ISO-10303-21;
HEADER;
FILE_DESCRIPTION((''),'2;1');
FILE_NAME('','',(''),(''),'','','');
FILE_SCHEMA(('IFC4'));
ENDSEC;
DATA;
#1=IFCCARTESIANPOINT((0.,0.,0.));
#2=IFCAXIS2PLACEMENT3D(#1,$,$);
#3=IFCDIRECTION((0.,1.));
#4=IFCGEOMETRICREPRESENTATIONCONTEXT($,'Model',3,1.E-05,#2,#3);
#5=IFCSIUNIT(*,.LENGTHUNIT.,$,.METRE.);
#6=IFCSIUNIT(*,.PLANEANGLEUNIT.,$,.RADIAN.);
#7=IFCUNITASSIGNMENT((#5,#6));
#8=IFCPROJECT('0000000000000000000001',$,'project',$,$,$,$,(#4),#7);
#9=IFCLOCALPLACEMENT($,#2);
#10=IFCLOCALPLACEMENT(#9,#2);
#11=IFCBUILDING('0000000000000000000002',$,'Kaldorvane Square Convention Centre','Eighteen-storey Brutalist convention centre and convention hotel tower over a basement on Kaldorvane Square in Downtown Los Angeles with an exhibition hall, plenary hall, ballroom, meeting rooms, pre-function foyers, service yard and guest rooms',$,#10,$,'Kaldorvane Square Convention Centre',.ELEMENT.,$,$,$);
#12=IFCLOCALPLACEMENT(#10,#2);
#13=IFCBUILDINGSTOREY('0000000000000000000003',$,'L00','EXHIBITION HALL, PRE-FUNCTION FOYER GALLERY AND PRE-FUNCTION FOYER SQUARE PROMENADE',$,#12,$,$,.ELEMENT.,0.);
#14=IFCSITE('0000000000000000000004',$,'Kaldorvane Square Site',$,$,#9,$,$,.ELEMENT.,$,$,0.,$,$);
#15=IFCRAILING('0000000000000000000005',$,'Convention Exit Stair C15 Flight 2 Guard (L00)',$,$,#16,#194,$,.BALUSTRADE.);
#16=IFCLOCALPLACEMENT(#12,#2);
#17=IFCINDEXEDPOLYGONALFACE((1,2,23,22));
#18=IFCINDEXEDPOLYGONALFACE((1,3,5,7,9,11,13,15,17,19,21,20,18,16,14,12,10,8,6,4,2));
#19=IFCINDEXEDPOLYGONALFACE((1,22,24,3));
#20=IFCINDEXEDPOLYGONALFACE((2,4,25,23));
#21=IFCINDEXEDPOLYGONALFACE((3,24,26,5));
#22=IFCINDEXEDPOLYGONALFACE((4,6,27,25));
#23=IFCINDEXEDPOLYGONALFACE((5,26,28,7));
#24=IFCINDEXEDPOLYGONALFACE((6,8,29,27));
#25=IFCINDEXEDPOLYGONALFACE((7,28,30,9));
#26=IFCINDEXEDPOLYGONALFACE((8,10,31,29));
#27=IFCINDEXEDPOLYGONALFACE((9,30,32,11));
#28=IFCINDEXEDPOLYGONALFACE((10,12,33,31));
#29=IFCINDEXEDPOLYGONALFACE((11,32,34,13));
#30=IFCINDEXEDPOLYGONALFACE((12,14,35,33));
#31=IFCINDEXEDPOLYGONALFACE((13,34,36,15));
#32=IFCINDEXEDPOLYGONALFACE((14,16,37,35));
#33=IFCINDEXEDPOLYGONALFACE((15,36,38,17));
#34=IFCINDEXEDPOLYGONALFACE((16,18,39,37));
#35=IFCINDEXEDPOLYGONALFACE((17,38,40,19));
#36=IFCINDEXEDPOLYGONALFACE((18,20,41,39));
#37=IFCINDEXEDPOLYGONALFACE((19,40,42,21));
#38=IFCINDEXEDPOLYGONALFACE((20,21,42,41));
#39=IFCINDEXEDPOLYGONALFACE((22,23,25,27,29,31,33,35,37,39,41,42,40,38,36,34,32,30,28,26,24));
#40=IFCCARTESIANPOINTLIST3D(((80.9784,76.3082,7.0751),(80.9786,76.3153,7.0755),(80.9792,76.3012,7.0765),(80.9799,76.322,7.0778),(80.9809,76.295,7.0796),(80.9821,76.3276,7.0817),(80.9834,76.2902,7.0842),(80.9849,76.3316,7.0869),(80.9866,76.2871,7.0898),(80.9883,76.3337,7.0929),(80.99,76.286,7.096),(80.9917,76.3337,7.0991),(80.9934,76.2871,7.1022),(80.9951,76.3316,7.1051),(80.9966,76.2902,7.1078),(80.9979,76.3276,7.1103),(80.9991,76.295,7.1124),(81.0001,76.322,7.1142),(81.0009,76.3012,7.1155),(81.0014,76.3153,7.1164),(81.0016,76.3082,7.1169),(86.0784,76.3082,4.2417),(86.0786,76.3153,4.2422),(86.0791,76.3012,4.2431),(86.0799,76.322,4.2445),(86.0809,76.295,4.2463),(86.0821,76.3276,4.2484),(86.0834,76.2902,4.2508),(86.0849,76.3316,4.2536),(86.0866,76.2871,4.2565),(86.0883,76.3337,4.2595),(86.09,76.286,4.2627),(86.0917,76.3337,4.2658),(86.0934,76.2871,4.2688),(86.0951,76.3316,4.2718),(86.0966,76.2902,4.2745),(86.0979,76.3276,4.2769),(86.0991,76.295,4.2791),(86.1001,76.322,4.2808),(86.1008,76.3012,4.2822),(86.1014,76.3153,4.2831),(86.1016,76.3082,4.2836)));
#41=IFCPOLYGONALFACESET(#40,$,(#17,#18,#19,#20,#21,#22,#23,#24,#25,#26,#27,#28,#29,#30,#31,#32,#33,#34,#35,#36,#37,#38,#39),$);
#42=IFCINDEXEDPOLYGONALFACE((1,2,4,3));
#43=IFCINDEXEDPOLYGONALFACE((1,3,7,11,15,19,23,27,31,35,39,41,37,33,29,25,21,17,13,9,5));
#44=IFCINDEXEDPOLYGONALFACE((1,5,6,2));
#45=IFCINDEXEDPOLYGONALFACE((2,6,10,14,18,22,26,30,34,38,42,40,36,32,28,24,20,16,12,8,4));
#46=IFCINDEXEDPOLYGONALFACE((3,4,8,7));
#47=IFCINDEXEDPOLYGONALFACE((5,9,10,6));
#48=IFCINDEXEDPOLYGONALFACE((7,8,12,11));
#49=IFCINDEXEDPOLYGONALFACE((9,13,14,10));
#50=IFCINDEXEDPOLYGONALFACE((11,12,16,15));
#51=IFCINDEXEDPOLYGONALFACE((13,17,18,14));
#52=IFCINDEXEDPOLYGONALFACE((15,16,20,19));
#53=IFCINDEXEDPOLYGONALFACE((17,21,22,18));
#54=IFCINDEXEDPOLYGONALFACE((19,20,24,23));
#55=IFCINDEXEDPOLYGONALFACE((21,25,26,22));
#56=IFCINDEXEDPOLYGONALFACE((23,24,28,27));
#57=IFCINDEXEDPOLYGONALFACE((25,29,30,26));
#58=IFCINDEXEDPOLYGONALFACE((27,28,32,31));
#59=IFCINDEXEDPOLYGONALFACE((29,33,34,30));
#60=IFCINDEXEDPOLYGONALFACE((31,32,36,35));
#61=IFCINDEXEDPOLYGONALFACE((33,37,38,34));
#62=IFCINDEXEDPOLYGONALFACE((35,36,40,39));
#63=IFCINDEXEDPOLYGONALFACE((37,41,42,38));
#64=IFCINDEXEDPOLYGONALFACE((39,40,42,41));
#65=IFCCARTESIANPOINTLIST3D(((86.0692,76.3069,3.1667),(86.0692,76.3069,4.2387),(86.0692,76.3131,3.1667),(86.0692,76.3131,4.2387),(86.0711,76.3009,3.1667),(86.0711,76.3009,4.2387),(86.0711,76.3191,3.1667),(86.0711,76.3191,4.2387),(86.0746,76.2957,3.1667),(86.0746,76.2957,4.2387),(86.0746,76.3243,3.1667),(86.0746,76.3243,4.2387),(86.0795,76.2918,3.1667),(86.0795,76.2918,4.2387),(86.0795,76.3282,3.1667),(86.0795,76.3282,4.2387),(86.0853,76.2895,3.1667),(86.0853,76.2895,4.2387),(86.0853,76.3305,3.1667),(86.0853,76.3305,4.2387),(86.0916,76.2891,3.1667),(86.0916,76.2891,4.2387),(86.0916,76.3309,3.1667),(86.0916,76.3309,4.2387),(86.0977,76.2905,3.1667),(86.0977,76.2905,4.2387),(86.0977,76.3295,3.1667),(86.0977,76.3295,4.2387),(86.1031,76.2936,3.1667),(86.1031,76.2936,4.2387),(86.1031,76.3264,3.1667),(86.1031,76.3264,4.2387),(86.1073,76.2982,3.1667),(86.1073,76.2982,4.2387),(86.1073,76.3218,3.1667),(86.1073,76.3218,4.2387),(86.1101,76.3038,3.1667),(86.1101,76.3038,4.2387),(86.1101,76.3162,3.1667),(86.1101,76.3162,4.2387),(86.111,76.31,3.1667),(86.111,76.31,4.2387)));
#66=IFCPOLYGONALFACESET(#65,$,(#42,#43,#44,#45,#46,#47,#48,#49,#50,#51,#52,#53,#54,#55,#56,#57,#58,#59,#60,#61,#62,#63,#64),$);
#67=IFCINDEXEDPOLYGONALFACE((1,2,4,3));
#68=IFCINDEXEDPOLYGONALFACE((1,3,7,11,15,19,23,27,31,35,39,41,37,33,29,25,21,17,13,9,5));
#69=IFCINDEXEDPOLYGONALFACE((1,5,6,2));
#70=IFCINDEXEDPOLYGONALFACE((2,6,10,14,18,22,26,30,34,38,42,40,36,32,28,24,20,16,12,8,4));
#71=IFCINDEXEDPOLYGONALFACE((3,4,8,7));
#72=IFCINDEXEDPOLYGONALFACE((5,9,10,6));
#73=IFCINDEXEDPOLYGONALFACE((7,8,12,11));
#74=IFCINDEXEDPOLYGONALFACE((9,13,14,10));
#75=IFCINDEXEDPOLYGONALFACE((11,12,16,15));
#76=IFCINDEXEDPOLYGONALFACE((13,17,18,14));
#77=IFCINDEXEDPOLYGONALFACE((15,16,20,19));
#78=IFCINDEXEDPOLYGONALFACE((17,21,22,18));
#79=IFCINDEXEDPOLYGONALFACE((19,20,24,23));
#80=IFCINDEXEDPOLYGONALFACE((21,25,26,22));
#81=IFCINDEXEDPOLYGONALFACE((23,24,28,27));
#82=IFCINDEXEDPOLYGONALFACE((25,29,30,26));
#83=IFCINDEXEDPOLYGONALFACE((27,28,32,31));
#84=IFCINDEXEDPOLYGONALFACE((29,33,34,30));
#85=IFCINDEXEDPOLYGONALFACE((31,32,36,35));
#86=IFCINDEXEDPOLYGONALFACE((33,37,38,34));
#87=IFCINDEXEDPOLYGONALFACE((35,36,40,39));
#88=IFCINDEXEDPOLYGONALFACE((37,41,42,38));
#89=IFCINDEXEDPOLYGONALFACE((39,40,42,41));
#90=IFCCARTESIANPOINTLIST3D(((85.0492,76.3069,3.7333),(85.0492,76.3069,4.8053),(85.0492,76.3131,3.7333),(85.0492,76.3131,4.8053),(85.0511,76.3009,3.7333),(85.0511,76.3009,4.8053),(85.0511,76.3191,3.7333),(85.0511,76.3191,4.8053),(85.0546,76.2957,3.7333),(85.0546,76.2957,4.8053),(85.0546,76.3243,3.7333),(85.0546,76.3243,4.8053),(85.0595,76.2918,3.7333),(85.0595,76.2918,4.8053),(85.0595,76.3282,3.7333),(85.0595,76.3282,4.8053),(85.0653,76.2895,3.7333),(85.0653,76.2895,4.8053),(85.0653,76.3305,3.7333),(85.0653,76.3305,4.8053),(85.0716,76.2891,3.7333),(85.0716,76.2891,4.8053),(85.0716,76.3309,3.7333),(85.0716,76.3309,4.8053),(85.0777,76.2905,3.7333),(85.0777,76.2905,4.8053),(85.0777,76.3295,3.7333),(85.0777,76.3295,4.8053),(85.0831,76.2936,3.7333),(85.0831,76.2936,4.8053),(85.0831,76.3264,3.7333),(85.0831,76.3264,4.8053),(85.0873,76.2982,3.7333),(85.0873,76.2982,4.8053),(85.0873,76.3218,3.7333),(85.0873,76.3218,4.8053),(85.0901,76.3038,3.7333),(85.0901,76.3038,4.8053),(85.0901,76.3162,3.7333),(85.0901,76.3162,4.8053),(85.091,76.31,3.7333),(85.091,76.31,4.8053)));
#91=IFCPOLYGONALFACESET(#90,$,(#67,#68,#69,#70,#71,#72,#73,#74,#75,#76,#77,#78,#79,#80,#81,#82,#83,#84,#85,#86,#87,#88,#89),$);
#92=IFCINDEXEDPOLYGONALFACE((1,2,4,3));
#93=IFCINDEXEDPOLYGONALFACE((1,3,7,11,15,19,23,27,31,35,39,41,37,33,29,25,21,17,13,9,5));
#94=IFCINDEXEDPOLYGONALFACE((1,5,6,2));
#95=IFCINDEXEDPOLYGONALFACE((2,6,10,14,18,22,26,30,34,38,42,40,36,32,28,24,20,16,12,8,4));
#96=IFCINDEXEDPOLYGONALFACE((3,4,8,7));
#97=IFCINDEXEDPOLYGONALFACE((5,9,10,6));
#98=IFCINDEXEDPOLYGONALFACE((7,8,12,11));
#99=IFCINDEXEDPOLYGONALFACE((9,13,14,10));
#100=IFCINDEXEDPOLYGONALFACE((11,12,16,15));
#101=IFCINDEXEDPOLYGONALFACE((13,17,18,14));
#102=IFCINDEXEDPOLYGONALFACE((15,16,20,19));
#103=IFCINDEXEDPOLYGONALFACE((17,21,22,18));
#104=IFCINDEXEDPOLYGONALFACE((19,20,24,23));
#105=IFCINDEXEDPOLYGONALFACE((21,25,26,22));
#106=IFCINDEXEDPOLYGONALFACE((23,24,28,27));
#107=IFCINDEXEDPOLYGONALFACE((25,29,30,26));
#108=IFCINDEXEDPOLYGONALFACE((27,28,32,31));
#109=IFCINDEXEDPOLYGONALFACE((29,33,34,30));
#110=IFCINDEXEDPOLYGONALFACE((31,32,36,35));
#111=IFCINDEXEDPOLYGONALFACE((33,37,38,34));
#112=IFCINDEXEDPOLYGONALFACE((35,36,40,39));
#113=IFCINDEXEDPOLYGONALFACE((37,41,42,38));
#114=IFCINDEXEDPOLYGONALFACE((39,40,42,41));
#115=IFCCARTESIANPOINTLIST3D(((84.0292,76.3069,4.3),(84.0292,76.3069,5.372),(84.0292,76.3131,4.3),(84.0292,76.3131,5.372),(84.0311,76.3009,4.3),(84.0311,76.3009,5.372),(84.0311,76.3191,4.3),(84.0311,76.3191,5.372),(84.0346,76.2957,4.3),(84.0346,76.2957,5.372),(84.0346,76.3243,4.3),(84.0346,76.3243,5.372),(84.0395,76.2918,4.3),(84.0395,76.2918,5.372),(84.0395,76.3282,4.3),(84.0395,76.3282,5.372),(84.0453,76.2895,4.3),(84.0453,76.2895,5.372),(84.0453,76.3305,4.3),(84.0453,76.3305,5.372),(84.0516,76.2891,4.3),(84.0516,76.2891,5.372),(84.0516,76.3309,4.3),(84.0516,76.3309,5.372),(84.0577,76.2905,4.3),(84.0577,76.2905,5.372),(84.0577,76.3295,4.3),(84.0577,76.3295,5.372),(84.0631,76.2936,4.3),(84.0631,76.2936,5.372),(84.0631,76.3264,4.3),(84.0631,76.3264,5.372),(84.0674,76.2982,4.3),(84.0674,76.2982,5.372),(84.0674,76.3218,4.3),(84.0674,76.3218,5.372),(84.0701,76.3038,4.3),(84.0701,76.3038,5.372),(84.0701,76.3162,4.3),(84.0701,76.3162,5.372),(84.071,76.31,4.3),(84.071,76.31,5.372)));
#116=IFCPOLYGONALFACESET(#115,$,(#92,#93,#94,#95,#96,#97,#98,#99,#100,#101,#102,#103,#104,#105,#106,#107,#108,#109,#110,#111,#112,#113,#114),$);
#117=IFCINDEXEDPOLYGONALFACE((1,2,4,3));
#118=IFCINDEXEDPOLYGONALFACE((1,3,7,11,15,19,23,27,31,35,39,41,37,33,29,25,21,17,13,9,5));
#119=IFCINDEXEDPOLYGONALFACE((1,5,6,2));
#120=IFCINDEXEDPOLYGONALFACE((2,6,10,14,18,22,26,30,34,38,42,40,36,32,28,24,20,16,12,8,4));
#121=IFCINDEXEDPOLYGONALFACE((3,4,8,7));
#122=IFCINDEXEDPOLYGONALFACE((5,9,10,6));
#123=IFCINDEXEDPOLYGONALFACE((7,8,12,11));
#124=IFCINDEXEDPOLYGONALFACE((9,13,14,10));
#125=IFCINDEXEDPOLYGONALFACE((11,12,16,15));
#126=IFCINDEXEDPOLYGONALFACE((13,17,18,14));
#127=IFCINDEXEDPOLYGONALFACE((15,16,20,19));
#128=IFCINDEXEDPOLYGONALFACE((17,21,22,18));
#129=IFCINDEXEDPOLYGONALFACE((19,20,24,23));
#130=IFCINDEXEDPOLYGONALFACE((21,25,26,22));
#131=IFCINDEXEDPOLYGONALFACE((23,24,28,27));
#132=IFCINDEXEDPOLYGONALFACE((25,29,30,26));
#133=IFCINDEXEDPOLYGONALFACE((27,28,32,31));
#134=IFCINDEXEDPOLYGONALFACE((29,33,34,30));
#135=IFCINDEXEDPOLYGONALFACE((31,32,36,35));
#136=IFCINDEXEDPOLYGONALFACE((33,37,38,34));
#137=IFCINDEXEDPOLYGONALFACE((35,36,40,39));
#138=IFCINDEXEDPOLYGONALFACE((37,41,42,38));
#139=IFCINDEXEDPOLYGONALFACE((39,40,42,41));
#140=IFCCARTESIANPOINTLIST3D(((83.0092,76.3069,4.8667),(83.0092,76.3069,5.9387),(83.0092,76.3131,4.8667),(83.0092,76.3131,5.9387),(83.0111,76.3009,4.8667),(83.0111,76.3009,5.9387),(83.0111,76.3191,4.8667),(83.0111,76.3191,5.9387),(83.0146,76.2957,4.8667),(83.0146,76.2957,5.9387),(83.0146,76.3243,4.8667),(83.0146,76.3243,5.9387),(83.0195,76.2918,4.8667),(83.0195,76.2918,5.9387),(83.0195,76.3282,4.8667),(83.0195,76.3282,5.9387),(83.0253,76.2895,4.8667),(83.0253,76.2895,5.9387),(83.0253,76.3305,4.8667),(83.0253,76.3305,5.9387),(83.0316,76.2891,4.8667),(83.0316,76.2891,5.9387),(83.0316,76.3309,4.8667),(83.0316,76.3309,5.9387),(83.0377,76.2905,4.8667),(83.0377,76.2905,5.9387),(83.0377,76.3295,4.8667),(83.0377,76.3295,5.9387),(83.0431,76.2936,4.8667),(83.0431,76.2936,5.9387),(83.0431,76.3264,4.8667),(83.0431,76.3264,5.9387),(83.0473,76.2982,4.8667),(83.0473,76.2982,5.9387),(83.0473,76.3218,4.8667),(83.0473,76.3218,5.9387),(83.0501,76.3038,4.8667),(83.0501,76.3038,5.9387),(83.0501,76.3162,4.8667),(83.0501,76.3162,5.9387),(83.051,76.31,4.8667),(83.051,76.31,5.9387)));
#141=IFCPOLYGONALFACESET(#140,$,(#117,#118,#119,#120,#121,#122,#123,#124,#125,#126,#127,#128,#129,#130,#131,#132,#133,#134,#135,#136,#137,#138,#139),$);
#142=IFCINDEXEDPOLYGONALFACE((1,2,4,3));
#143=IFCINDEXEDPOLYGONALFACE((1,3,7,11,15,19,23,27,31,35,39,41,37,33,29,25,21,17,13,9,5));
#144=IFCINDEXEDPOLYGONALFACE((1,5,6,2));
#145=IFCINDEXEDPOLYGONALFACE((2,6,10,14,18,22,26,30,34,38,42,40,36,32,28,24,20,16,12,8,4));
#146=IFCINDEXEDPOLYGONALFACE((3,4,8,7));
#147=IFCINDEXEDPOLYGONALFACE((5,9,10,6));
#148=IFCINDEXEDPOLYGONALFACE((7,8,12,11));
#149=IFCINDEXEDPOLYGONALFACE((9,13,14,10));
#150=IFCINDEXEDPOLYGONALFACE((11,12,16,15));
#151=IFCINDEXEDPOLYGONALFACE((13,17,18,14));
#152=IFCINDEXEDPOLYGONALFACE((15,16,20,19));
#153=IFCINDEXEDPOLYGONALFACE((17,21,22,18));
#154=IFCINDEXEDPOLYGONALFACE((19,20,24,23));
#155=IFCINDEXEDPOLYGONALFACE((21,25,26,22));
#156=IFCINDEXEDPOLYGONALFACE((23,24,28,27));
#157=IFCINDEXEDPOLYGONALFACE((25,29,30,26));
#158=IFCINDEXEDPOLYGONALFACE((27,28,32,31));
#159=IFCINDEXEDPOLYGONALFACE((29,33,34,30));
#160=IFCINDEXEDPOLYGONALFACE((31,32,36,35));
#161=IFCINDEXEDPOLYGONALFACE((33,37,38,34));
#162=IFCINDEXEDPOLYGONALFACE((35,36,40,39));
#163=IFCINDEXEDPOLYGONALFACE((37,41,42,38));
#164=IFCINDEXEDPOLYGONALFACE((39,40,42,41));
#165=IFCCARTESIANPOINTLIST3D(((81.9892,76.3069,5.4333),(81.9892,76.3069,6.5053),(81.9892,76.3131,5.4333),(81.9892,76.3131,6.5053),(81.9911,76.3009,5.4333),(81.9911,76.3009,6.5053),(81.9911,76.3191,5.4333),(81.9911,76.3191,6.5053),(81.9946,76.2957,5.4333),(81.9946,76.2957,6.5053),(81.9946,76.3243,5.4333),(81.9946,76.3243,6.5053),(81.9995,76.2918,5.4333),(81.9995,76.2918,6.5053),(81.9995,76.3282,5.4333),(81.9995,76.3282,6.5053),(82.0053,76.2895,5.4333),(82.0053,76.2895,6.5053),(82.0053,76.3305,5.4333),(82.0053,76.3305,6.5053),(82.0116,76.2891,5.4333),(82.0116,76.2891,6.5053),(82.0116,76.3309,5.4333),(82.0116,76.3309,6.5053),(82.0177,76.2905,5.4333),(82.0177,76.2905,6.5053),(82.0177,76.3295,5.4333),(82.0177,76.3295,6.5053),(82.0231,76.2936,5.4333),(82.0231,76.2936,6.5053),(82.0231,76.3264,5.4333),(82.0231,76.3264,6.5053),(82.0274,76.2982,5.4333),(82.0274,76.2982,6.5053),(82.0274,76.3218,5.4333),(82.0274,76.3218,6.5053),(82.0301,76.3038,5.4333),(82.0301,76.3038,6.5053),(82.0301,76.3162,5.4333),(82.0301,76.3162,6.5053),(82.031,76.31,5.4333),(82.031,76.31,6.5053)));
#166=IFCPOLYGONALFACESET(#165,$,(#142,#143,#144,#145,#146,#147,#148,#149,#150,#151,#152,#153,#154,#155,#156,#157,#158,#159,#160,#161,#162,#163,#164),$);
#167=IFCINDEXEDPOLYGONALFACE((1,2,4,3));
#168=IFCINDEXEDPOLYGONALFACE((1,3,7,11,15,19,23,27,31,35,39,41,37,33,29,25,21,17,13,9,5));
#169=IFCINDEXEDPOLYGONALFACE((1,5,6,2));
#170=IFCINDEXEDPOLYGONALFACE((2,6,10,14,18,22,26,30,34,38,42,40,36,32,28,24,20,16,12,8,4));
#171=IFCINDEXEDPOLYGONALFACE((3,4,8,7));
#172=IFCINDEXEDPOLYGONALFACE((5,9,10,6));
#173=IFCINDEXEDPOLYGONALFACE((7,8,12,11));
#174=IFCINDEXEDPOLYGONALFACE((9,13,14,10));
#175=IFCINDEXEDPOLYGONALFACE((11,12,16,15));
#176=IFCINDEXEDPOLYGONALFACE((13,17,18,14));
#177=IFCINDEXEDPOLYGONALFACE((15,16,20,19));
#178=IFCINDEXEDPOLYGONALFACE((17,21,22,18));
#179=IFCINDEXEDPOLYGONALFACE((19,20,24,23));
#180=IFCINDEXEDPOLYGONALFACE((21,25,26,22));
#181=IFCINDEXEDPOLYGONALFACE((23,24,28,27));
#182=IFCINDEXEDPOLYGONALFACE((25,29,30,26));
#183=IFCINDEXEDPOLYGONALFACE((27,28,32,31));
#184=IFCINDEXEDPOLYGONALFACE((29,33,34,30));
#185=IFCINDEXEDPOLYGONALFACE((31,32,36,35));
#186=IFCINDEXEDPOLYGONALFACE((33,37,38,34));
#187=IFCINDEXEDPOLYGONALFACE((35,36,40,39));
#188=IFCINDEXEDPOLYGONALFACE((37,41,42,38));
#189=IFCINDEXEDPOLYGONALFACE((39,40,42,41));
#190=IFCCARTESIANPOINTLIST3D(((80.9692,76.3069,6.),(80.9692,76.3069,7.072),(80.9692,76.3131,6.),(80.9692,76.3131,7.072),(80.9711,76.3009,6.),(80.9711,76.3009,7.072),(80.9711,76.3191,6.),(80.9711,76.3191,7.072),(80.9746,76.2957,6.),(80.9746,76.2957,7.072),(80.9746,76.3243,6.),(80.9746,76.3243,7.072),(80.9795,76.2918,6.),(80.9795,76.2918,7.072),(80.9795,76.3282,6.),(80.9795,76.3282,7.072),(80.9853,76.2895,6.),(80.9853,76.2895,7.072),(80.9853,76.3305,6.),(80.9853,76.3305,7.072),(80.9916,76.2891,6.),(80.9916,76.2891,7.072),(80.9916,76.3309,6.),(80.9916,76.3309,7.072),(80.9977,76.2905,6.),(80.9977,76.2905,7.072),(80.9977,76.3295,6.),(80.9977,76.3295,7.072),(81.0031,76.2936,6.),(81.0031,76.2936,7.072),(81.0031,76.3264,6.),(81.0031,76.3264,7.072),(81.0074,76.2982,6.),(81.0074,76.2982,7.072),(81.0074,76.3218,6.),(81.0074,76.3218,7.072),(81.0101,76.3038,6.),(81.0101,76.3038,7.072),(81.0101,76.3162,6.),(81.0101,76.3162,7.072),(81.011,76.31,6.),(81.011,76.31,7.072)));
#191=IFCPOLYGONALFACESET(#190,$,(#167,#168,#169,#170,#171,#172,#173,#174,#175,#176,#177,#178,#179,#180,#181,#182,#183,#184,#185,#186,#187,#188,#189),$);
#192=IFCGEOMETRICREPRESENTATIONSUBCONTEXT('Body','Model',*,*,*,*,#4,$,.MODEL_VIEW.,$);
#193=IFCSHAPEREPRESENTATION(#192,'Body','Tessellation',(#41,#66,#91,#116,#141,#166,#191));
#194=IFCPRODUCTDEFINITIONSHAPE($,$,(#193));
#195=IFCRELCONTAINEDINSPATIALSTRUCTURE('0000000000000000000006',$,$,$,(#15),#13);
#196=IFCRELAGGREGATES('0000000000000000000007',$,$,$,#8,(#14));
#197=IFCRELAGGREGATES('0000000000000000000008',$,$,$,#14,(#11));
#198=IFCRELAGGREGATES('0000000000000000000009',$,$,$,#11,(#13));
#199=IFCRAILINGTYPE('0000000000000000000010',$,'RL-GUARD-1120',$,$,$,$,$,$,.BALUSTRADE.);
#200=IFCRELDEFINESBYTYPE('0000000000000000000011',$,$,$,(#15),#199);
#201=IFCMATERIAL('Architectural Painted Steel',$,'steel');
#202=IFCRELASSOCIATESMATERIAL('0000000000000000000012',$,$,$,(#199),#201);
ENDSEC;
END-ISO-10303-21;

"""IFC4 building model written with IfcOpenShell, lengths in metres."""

from ifc_helpers import new_model, si_unit, direction, frame, origin, origin_2d, place, context, subcontext, project, spatial, circle, extrude, material, type_object, element, save


model = new_model("IFC4")

# Units and contexts
model_context = context("Model", 3, precision=1e-05, world=origin(), true_north=direction((0.0, 1.0)))
body_context = subcontext(model_context, "Body", "Model", "MODEL_VIEW")
ifc_project = project(units=[si_unit("LENGTHUNIT", "METRE"), si_unit("PLANEANGLEUNIT", "RADIAN")], contexts=[model_context])

# Site, building, storey
site_placement = place(None, origin())
site = spatial("IfcSite", under=ifc_project, at=site_placement, Name="Kaldorvane Square Site", CompositionType="ELEMENT", RefElevation=0.0)
building_placement = place(site_placement, origin())
building = spatial("IfcBuilding", under=site, at=building_placement, Name="Kaldorvane Square Convention Centre", Description="Eighteen-storey Brutalist convention centre and convention hotel tower over a basement on Kaldorvane Square in Downtown Los Angeles with an exhibition hall, plenary hall, ballroom, meeting rooms, pre-function foyers, service yard and guest rooms", LongName="Kaldorvane Square Convention Centre", CompositionType="ELEMENT")
storey_placement = place(building_placement, origin())
storey = spatial("IfcBuildingStorey", under=building, at=storey_placement, Name="L00", Description="EXHIBITION HALL, PRE-FUNCTION FOYER GALLERY AND PRE-FUNCTION FOYER SQUARE PROMENADE", CompositionType="ELEMENT", Elevation=0.0)

# Railing
ifc_material_1 = material(Name="Architectural Painted Steel", Category="steel")
railing_type_1 = type_object("IfcRailingType", Name="RL-GUARD-1120", PredefinedType="BALUSTRADE", material=ifc_material_1)
railing_1_placement = place(storey_placement, frame((86.09, 76.31, 3.1667)))
element("IfcRailing", 1, at=railing_1_placement, inside=storey, type_object=railing_type_1, Name="Convention Exit Stair C15 Flight 2 Guard (L00)", PredefinedType="BALUSTRADE", context=body_context, shape_type="SweptSolid", body=[
    extrude(circle(Radius=0.024, at=origin_2d()), frame((0.0, 0.0, 1.096), z_axis=(-0.874157, 0.0, 0.485643), x_axis=(0.0, -1.0, 0.0)), (0.0, 0.0, 1.0), 5.8342),
    extrude(circle(Radius=0.021, at=origin_2d()), origin(), (0.0, 0.0, 1.0), 1.072),
    extrude(circle(Radius=0.021, at=origin_2d()), frame((-1.02, 0.0, 0.5667)), (0.0, 0.0, 1.0), 1.072),
    extrude(circle(Radius=0.021, at=origin_2d()), frame((-2.04, 0.0, 1.1333)), (0.0, 0.0, 1.0), 1.072),
    extrude(circle(Radius=0.021, at=origin_2d()), frame((-3.06, 0.0, 1.7)), (0.0, 0.0, 1.0), 1.072),
    extrude(circle(Radius=0.021, at=origin_2d()), frame((-4.08, 0.0, 2.2667)), (0.0, 0.0, 1.0), 1.072),
    extrude(circle(Radius=0.021, at=origin_2d()), frame((-5.1, 0.0, 2.8333)), (0.0, 0.0, 1.0), 1.072),
])

save(model, "model.ifc")
